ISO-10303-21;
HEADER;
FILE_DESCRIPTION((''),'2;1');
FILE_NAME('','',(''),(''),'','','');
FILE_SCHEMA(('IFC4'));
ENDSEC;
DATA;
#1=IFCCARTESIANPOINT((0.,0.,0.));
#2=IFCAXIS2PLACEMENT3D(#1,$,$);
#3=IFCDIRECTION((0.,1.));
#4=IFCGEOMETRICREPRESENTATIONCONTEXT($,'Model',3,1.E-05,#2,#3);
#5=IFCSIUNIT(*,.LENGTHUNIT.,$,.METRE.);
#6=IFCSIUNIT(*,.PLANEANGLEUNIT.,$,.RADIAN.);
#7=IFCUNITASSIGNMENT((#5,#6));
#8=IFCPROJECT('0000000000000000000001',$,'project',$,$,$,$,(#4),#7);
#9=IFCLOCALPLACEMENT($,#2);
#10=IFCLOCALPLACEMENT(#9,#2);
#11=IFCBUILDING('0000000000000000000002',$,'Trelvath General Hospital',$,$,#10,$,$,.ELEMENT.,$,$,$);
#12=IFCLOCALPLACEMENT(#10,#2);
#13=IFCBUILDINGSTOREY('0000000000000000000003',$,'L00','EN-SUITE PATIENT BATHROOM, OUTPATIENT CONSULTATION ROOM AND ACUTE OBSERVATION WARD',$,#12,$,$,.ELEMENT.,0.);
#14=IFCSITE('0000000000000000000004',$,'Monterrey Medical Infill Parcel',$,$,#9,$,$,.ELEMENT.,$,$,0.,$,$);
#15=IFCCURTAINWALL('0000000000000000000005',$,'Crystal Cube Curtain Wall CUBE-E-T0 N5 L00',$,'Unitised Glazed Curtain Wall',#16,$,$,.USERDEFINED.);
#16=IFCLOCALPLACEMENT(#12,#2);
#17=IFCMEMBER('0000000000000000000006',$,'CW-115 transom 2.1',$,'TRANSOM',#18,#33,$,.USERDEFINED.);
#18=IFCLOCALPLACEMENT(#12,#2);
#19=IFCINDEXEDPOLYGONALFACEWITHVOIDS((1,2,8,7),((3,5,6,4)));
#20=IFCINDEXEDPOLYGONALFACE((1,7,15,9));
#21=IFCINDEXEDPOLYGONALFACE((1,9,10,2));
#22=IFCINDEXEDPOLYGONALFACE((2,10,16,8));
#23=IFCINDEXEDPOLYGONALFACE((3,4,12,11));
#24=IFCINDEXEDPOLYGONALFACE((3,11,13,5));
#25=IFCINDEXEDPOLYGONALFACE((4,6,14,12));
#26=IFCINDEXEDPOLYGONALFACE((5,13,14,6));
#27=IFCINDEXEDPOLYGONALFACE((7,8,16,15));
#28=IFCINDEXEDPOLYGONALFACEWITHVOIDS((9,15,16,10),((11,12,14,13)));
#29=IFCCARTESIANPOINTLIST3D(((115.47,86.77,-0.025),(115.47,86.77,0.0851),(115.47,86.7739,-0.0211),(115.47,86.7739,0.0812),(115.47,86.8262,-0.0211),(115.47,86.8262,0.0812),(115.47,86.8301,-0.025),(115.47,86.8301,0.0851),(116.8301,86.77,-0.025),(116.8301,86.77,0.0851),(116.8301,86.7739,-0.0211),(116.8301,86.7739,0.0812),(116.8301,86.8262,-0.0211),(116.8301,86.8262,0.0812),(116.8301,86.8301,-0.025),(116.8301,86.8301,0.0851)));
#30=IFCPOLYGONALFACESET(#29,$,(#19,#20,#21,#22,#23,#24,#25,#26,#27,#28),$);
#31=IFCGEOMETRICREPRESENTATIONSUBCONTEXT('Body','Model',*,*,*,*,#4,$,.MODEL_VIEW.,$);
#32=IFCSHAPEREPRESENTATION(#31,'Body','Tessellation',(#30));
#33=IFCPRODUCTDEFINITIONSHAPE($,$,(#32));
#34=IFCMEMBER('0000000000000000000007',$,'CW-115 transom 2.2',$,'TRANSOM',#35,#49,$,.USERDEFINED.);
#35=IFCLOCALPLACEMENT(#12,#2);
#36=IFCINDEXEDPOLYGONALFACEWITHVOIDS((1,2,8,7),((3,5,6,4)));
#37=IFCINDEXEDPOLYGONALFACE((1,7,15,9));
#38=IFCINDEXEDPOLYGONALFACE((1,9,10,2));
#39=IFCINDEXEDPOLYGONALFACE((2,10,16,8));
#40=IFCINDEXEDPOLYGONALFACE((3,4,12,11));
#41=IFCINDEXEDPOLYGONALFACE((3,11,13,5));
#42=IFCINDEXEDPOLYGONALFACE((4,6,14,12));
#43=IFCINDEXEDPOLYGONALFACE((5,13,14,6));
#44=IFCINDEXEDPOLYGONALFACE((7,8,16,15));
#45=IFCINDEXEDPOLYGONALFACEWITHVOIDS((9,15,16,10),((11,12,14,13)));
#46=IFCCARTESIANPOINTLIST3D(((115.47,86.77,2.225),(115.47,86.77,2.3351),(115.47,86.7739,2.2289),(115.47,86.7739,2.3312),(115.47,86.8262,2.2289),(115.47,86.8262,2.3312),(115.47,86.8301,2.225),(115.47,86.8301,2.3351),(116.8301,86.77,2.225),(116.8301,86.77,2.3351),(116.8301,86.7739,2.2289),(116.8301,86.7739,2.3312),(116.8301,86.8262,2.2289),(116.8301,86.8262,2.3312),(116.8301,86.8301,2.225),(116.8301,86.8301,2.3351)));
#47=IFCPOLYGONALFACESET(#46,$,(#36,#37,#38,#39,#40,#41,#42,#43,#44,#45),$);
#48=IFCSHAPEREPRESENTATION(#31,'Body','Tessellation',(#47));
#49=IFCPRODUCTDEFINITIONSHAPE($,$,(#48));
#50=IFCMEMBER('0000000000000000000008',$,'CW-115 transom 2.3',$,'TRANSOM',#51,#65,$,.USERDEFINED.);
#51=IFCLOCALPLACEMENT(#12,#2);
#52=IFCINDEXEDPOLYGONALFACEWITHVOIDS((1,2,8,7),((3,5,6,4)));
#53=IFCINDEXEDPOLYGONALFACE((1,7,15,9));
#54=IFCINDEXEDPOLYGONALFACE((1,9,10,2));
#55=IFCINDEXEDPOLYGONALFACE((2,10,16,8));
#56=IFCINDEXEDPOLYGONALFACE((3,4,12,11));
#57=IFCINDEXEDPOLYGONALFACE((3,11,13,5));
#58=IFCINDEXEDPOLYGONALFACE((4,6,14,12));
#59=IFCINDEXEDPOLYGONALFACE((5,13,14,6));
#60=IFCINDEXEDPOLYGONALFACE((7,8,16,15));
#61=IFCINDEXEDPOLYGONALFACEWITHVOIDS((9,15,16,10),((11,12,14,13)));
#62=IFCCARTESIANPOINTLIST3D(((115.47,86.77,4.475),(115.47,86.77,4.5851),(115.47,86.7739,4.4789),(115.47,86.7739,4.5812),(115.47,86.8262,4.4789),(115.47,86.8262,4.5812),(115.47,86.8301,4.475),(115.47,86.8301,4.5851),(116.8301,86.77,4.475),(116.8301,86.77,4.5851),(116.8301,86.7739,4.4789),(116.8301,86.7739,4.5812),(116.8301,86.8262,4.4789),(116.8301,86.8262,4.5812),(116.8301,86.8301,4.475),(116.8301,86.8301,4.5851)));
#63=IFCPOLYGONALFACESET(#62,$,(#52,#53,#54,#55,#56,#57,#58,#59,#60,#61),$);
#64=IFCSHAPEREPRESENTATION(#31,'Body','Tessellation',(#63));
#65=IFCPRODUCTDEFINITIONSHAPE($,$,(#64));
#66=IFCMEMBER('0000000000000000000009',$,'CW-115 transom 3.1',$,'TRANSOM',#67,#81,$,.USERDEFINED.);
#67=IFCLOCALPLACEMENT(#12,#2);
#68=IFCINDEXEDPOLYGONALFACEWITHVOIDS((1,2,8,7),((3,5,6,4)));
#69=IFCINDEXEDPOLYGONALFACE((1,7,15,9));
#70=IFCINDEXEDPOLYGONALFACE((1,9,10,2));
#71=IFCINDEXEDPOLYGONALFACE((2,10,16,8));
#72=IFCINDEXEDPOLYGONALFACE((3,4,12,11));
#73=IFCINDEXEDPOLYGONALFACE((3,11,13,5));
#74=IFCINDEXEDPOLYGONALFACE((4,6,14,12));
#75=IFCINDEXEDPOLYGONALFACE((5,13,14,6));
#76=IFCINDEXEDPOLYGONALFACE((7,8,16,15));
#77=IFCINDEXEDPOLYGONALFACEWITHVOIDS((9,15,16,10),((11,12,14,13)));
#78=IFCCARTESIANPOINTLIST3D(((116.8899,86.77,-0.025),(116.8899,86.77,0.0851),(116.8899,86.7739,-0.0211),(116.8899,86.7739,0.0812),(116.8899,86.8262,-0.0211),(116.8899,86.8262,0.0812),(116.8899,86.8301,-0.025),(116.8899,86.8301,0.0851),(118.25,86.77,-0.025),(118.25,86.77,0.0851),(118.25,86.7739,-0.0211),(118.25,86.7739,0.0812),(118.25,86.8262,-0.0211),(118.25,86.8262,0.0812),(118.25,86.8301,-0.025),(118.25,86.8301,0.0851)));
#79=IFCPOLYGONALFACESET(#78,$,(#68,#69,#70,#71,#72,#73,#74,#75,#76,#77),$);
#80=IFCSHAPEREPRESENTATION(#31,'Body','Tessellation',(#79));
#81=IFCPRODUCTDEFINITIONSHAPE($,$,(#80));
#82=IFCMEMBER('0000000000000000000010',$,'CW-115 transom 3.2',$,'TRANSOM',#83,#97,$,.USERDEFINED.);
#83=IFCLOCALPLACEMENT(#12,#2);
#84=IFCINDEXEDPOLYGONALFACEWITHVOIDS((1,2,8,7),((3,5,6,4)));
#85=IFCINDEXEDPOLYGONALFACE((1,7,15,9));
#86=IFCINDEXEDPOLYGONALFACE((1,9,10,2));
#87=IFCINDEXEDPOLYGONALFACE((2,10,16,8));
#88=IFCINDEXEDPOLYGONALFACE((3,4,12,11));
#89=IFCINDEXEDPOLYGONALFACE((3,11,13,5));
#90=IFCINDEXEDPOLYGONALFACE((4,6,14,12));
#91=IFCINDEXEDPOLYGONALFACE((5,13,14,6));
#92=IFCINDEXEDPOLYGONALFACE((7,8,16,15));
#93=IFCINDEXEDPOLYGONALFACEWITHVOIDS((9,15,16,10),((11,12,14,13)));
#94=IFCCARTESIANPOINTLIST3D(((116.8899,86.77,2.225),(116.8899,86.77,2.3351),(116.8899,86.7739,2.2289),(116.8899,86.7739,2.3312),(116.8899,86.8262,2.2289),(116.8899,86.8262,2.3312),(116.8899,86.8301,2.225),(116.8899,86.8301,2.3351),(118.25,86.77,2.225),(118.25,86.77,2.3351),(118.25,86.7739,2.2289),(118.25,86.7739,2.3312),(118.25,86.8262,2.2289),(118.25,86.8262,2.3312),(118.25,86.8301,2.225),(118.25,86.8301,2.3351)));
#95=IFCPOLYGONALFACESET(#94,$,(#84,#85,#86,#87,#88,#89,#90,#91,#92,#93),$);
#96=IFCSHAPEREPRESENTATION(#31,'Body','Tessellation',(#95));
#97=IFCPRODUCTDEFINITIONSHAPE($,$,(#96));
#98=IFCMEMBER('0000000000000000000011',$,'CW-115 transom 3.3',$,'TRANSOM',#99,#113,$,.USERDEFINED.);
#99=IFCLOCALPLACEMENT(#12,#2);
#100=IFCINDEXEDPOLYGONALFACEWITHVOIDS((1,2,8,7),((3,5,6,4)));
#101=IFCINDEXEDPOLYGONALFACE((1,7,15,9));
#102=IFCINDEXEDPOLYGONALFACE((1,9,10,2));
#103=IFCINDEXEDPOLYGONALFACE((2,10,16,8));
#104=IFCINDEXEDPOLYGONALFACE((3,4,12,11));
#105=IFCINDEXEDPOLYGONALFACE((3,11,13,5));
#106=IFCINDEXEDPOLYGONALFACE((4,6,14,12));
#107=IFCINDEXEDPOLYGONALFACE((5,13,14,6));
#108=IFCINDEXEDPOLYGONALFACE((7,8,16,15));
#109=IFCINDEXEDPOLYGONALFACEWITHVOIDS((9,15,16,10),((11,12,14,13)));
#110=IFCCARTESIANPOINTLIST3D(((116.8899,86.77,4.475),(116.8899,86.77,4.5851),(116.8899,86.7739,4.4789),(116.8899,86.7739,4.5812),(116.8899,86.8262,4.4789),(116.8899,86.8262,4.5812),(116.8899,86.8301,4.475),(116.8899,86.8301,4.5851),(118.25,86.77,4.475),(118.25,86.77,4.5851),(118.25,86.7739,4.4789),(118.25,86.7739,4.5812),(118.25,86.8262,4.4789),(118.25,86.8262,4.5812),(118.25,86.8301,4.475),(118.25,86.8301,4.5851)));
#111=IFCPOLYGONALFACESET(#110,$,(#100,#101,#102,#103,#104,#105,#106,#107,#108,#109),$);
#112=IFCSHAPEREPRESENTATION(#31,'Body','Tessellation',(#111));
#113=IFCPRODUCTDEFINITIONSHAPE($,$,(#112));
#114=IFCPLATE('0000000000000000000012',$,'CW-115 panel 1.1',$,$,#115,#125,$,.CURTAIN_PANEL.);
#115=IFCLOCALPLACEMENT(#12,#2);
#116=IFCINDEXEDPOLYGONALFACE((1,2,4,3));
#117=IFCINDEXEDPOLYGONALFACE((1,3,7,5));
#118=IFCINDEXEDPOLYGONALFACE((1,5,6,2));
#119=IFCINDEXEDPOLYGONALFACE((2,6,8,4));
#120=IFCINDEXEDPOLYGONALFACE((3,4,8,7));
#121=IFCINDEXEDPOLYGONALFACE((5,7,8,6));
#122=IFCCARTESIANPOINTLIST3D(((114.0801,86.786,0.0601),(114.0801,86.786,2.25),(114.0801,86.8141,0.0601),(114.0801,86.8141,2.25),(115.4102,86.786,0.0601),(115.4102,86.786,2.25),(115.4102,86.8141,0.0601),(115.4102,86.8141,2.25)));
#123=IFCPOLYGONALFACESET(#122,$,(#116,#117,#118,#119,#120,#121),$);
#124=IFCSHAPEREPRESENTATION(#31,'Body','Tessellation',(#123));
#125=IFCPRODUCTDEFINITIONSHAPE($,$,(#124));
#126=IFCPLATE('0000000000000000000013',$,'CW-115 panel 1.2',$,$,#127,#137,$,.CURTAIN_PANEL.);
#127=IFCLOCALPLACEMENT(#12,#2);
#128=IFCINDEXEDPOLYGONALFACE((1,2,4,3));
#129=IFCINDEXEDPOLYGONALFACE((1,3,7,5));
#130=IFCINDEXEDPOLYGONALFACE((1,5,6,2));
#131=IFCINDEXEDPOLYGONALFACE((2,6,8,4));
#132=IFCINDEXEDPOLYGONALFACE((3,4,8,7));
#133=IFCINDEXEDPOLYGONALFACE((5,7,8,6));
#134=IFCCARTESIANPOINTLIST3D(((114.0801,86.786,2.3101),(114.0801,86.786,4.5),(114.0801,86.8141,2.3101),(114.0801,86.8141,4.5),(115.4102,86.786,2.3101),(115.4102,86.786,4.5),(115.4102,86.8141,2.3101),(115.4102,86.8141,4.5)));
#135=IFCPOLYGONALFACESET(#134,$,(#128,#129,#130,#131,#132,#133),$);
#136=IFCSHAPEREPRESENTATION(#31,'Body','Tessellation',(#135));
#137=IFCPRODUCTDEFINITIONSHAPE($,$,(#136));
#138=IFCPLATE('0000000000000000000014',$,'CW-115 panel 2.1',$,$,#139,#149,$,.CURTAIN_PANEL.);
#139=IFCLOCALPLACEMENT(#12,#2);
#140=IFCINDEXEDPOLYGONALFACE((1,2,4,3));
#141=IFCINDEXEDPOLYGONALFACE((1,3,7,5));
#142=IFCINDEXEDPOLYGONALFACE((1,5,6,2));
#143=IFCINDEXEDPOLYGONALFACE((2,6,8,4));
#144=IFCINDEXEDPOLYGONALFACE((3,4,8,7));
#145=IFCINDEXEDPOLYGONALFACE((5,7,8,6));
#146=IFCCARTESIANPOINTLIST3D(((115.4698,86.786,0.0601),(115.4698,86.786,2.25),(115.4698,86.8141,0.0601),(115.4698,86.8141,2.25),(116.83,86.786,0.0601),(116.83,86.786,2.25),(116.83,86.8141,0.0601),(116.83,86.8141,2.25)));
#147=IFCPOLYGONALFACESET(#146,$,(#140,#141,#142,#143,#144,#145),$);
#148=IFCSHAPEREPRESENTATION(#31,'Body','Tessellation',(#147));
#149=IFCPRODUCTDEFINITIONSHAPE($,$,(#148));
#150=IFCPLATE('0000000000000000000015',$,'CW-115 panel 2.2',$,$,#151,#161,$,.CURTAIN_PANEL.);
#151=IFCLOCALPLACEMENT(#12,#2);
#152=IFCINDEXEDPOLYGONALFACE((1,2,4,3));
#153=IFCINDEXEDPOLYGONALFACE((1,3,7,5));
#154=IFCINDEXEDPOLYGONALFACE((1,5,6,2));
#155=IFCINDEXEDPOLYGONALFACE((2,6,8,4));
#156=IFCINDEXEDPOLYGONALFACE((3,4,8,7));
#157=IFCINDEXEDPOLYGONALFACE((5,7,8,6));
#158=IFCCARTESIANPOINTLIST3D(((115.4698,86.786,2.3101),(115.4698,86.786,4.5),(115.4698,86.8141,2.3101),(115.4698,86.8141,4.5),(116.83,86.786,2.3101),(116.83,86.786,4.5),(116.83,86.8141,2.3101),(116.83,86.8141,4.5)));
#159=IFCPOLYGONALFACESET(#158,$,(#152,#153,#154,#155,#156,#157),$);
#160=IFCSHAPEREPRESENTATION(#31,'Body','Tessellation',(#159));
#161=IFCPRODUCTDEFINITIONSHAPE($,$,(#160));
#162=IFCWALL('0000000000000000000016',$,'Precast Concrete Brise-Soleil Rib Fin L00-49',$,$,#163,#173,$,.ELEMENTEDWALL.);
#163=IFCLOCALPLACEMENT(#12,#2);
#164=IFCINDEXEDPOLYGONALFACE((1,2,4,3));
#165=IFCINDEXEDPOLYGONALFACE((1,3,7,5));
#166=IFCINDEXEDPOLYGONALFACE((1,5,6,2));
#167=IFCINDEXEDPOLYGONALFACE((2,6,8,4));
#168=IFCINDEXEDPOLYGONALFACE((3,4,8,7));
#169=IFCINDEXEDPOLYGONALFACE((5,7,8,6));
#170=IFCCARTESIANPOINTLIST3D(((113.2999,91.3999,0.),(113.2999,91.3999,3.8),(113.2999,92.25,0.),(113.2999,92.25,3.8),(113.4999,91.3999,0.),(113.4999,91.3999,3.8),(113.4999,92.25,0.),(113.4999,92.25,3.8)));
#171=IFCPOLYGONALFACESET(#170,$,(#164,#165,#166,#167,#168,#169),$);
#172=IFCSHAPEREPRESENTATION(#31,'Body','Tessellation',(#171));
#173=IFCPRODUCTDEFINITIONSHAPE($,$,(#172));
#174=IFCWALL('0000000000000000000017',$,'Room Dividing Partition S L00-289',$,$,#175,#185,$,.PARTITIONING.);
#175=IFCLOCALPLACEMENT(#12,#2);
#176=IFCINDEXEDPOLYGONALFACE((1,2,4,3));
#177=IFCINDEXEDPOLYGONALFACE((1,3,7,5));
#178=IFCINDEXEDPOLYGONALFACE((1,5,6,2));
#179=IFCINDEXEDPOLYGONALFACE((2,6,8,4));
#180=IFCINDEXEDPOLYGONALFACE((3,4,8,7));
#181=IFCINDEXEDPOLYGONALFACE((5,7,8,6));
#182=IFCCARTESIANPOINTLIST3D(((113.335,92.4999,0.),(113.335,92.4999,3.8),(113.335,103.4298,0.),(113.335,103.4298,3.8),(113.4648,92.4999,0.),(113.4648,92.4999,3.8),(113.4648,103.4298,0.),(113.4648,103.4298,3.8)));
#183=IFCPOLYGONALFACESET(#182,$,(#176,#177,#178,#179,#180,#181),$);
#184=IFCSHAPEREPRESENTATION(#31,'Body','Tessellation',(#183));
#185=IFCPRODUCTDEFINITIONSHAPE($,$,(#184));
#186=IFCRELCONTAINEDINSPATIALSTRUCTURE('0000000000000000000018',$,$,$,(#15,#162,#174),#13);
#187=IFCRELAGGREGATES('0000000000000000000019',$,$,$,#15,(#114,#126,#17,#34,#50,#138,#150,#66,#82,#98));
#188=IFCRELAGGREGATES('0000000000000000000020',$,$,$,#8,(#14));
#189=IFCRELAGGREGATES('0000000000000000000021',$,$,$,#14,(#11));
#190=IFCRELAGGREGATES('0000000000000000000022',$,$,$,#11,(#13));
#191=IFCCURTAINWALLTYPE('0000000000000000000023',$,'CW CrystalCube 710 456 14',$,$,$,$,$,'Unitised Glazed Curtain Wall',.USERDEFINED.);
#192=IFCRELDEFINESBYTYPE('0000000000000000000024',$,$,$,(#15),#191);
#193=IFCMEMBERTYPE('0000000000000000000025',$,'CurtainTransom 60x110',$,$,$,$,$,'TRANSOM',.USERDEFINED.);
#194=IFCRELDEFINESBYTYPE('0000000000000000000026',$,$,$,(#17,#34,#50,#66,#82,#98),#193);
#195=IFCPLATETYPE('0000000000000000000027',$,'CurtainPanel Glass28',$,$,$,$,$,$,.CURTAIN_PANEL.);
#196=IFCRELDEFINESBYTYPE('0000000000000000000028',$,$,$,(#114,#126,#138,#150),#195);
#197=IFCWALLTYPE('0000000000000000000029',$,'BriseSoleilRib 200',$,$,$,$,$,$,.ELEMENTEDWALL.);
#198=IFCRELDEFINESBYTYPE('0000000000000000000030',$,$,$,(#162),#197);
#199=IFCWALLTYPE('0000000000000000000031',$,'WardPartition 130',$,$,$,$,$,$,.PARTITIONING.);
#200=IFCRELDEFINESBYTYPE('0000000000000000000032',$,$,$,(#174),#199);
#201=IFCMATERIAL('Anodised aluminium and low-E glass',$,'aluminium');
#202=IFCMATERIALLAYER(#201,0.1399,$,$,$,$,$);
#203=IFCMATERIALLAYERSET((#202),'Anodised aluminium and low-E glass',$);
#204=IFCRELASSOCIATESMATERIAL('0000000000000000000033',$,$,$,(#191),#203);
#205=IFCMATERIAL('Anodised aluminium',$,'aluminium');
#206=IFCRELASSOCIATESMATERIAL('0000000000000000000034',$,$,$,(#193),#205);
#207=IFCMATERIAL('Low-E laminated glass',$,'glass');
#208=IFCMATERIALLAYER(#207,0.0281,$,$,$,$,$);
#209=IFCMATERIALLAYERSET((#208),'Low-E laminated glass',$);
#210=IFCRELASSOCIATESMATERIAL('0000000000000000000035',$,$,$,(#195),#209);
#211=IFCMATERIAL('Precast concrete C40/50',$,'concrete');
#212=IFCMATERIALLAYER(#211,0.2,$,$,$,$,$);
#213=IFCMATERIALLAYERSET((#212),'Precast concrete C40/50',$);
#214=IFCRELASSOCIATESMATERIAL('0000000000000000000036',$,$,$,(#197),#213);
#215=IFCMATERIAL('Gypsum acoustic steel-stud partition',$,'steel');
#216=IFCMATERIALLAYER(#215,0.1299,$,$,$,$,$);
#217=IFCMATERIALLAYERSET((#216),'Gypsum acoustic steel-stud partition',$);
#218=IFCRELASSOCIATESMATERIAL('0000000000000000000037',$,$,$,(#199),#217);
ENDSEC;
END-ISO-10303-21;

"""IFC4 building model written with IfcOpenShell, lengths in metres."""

from ifc_helpers import new_model, si_unit, direction, frame, frame_2d, origin, origin_2d, place, context, subcontext, project, spatial, rectangle, hollow_rectangle, extrude, material, layer, layer_set, material_profile, profile_set, type_object, element, aggregate, save


model = new_model("IFC4")

# Units and contexts
model_context = context("Model", 3, precision=1e-05, world=origin(), true_north=direction((0.0, 1.0)))
body_context = subcontext(model_context, "Body", "Model", "MODEL_VIEW")
ifc_project = project(units=[si_unit("LENGTHUNIT", "METRE"), si_unit("PLANEANGLEUNIT", "RADIAN")], contexts=[model_context])

# Site, building, storey
site_placement = place(None, origin())
site = spatial("IfcSite", under=ifc_project, at=site_placement, Name="Monterrey Medical Infill Parcel", CompositionType="ELEMENT", RefElevation=0.0)
building_placement = place(site_placement, origin())
building = spatial("IfcBuilding", under=site, at=building_placement, Name="Trelvath General Hospital", CompositionType="ELEMENT")
storey_placement = place(building_placement, origin())
storey = spatial("IfcBuildingStorey", under=building, at=storey_placement, Name="L00", Description="EN-SUITE PATIENT BATHROOM, OUTPATIENT CONSULTATION ROOM AND ACUTE OBSERVATION WARD", CompositionType="ELEMENT", Elevation=0.0)

# Curtain wall, members, plates
ifc_material_1 = material(Name="Anodised aluminium and low-E glass", Category="aluminium")
ifc_layer_1 = layer(ifc_material_1, 0.1399)
ifc_layer_set_1 = layer_set([ifc_layer_1], Name="Anodised aluminium and low-E glass")
curtain_wall_type_1 = type_object("IfcCurtainWallType", Name="CW CrystalCube 710 456 14", ElementType="Unitised Glazed Curtain Wall", PredefinedType="USERDEFINED", material=ifc_layer_set_1)
curtain_wall_1_placement = place(storey_placement, origin())
curtain_wall_1 = element("IfcCurtainWall", 1, at=curtain_wall_1_placement, inside=storey, type_object=curtain_wall_type_1, Name="Crystal Cube Curtain Wall CUBE-E-T0 N5 L00", ObjectType="Unitised Glazed Curtain Wall", PredefinedType="USERDEFINED")
ifc_material_2 = material(Name="Anodised aluminium", Category="aluminium")
ifc_material_profile_1 = material_profile(ifc_material_2, hollow_rectangle(XDim=0.0601, YDim=0.1101, WallThickness=0.0039, at=origin_2d()), Name="RHS60x110x4")
ifc_profile_set_1 = profile_set([ifc_material_profile_1], Name="Anodised aluminium")
member_type_1 = type_object("IfcMemberType", Name="CurtainTransom 60x110", ElementType="TRANSOM", PredefinedType="USERDEFINED", material=ifc_profile_set_1)
member_1_placement = place(storey_placement, frame((115.47, 86.8, 0.03), z_axis=(1.0, 0.0, 0.0), x_axis=(0.0, 1.0, 0.0)))
member_1 = element("IfcMember", 2, at=member_1_placement, type_object=member_type_1, Name="CW-115 transom 2.1", ObjectType="TRANSOM", PredefinedType="USERDEFINED", context=body_context, shape_type="SweptSolid", body=[
    extrude(hollow_rectangle(XDim=0.0601, YDim=0.1101, WallThickness=0.0039, at=origin_2d()), origin(), (0.0, 0.0, 1.0), 1.3601),
])
member_2_placement = place(storey_placement, frame((115.47, 86.8, 2.28), z_axis=(1.0, 0.0, 0.0), x_axis=(0.0, 1.0, 0.0)))
member_2 = element("IfcMember", 3, at=member_2_placement, type_object=member_type_1, Name="CW-115 transom 2.2", ObjectType="TRANSOM", PredefinedType="USERDEFINED", context=body_context, shape_type="SweptSolid", body=[
    extrude(hollow_rectangle(XDim=0.0601, YDim=0.1101, WallThickness=0.0039, at=origin_2d()), origin(), (0.0, 0.0, 1.0), 1.3601),
])
member_3_placement = place(storey_placement, frame((115.47, 86.8, 4.53), z_axis=(1.0, 0.0, 0.0), x_axis=(0.0, 1.0, 0.0)))
member_3 = element("IfcMember", 4, at=member_3_placement, type_object=member_type_1, Name="CW-115 transom 2.3", ObjectType="TRANSOM", PredefinedType="USERDEFINED", context=body_context, shape_type="SweptSolid", body=[
    extrude(hollow_rectangle(XDim=0.0601, YDim=0.1101, WallThickness=0.0039, at=origin_2d()), origin(), (0.0, 0.0, 1.0), 1.3601),
])
member_4_placement = place(storey_placement, frame((116.8899, 86.8, 0.03), z_axis=(1.0, 0.0, 0.0), x_axis=(0.0, 1.0, 0.0)))
member_4 = element("IfcMember", 5, at=member_4_placement, type_object=member_type_1, Name="CW-115 transom 3.1", ObjectType="TRANSOM", PredefinedType="USERDEFINED", context=body_context, shape_type="SweptSolid", body=[
    extrude(hollow_rectangle(XDim=0.0601, YDim=0.1101, WallThickness=0.0039, at=origin_2d()), origin(), (0.0, 0.0, 1.0), 1.3601),
])
member_5_placement = place(storey_placement, frame((116.8899, 86.8, 2.28), z_axis=(1.0, 0.0, 0.0), x_axis=(0.0, 1.0, 0.0)))
member_5 = element("IfcMember", 6, at=member_5_placement, type_object=member_type_1, Name="CW-115 transom 3.2", ObjectType="TRANSOM", PredefinedType="USERDEFINED", context=body_context, shape_type="SweptSolid", body=[
    extrude(hollow_rectangle(XDim=0.0601, YDim=0.1101, WallThickness=0.0039, at=origin_2d()), origin(), (0.0, 0.0, 1.0), 1.3601),
])
member_6_placement = place(storey_placement, frame((116.8899, 86.8, 4.53), z_axis=(1.0, 0.0, 0.0), x_axis=(0.0, 1.0, 0.0)))
member_6 = element("IfcMember", 7, at=member_6_placement, type_object=member_type_1, Name="CW-115 transom 3.3", ObjectType="TRANSOM", PredefinedType="USERDEFINED", context=body_context, shape_type="SweptSolid", body=[
    extrude(hollow_rectangle(XDim=0.0601, YDim=0.1101, WallThickness=0.0039, at=origin_2d()), origin(), (0.0, 0.0, 1.0), 1.3601),
])
ifc_material_3 = material(Name="Low-E laminated glass", Category="glass")
ifc_layer_2 = layer(ifc_material_3, 0.0281)
ifc_layer_set_2 = layer_set([ifc_layer_2], Name="Low-E laminated glass")
plate_type = type_object("IfcPlateType", Name="CurtainPanel Glass28", PredefinedType="CURTAIN_PANEL", material=ifc_layer_set_2)
plate_1_placement = place(storey_placement, frame((114.7451, 86.8, 0.0601), z_axis=(0.0, 0.0, 1.0), x_axis=(1.0, 0.0, 0.0)))
plate_1 = element("IfcPlate", 8, at=plate_1_placement, type_object=plate_type, Name="CW-115 panel 1.1", PredefinedType="CURTAIN_PANEL", context=body_context, shape_type="SweptSolid", body=[
    extrude(rectangle(XDim=1.3301, YDim=0.0281, at=origin_2d()), origin(), (0.0, 0.0, 1.0), 2.1899),
])
plate_2_placement = place(storey_placement, frame((114.7451, 86.8, 2.3101), z_axis=(0.0, 0.0, 1.0), x_axis=(1.0, 0.0, 0.0)))
plate_2 = element("IfcPlate", 9, at=plate_2_placement, type_object=plate_type, Name="CW-115 panel 1.2", PredefinedType="CURTAIN_PANEL", context=body_context, shape_type="SweptSolid", body=[
    extrude(rectangle(XDim=1.3301, YDim=0.0281, at=origin_2d()), origin(), (0.0, 0.0, 1.0), 2.1899),
])
plate_3_placement = place(storey_placement, frame((116.1499, 86.8, 0.0601), z_axis=(0.0, 0.0, 1.0), x_axis=(1.0, 0.0, 0.0)))
plate_3 = element("IfcPlate", 10, at=plate_3_placement, type_object=plate_type, Name="CW-115 panel 2.1", PredefinedType="CURTAIN_PANEL", context=body_context, shape_type="SweptSolid", body=[
    extrude(rectangle(XDim=1.3601, YDim=0.0281, at=origin_2d()), origin(), (0.0, 0.0, 1.0), 2.1899),
])
plate_4_placement = place(storey_placement, frame((116.1499, 86.8, 2.3101), z_axis=(0.0, 0.0, 1.0), x_axis=(1.0, 0.0, 0.0)))
plate_4 = element("IfcPlate", 11, at=plate_4_placement, type_object=plate_type, Name="CW-115 panel 2.2", PredefinedType="CURTAIN_PANEL", context=body_context, shape_type="SweptSolid", body=[
    extrude(rectangle(XDim=1.3601, YDim=0.0281, at=origin_2d()), origin(), (0.0, 0.0, 1.0), 2.1899),
])
aggregate(curtain_wall_1, [plate_1, plate_2, member_1, member_2, member_3, plate_3, plate_4, member_4, member_5, member_6])

# Walls
ifc_material_4 = material(Name="Precast concrete C40/50", Category="concrete")
ifc_layer_3 = layer(ifc_material_4, 0.2)
ifc_layer_set_3 = layer_set([ifc_layer_3], Name="Precast concrete C40/50")
wall_type_1 = type_object("IfcWallType", Name="BriseSoleilRib 200", PredefinedType="ELEMENTEDWALL", material=ifc_layer_set_3)
wall_1_placement = place(storey_placement, frame((113.3999, 92.25, 0.0), z_axis=(0.0, 0.0, 1.0), x_axis=(0.0, -1.0, 0.0)))
element("IfcWall", 12, at=wall_1_placement, inside=storey, type_object=wall_type_1, Name="Precast Concrete Brise-Soleil Rib Fin L00-49", PredefinedType="ELEMENTEDWALL", context=body_context, shape_type="SweptSolid", body=[
    extrude(rectangle(XDim=0.8501, YDim=0.2, at=frame_2d((0.425, 0.0))), origin(), (0.0, 0.0, 1.0), 3.8),
])
ifc_material_5 = material(Name="Gypsum acoustic steel-stud partition", Category="steel")
ifc_layer_4 = layer(ifc_material_5, 0.1299)
ifc_layer_set_4 = layer_set([ifc_layer_4], Name="Gypsum acoustic steel-stud partition")
wall_type_2 = type_object("IfcWallType", Name="WardPartition 130", PredefinedType="PARTITIONING", material=ifc_layer_set_4)
wall_2_placement = place(storey_placement, frame((113.3999, 92.5, 0.0), z_axis=(0.0, 0.0, 1.0), x_axis=(0.0, 1.0, 0.0)))
element("IfcWall", 13, at=wall_2_placement, inside=storey, type_object=wall_type_2, Name="Room Dividing Partition S L00-289", PredefinedType="PARTITIONING", context=body_context, shape_type="SweptSolid", body=[
    extrude(rectangle(XDim=10.9299, YDim=0.1299, at=frame_2d((5.4648, 0.0))), origin(), (0.0, 0.0, 1.0), 3.8),
])

save(model, "model.ifc")
